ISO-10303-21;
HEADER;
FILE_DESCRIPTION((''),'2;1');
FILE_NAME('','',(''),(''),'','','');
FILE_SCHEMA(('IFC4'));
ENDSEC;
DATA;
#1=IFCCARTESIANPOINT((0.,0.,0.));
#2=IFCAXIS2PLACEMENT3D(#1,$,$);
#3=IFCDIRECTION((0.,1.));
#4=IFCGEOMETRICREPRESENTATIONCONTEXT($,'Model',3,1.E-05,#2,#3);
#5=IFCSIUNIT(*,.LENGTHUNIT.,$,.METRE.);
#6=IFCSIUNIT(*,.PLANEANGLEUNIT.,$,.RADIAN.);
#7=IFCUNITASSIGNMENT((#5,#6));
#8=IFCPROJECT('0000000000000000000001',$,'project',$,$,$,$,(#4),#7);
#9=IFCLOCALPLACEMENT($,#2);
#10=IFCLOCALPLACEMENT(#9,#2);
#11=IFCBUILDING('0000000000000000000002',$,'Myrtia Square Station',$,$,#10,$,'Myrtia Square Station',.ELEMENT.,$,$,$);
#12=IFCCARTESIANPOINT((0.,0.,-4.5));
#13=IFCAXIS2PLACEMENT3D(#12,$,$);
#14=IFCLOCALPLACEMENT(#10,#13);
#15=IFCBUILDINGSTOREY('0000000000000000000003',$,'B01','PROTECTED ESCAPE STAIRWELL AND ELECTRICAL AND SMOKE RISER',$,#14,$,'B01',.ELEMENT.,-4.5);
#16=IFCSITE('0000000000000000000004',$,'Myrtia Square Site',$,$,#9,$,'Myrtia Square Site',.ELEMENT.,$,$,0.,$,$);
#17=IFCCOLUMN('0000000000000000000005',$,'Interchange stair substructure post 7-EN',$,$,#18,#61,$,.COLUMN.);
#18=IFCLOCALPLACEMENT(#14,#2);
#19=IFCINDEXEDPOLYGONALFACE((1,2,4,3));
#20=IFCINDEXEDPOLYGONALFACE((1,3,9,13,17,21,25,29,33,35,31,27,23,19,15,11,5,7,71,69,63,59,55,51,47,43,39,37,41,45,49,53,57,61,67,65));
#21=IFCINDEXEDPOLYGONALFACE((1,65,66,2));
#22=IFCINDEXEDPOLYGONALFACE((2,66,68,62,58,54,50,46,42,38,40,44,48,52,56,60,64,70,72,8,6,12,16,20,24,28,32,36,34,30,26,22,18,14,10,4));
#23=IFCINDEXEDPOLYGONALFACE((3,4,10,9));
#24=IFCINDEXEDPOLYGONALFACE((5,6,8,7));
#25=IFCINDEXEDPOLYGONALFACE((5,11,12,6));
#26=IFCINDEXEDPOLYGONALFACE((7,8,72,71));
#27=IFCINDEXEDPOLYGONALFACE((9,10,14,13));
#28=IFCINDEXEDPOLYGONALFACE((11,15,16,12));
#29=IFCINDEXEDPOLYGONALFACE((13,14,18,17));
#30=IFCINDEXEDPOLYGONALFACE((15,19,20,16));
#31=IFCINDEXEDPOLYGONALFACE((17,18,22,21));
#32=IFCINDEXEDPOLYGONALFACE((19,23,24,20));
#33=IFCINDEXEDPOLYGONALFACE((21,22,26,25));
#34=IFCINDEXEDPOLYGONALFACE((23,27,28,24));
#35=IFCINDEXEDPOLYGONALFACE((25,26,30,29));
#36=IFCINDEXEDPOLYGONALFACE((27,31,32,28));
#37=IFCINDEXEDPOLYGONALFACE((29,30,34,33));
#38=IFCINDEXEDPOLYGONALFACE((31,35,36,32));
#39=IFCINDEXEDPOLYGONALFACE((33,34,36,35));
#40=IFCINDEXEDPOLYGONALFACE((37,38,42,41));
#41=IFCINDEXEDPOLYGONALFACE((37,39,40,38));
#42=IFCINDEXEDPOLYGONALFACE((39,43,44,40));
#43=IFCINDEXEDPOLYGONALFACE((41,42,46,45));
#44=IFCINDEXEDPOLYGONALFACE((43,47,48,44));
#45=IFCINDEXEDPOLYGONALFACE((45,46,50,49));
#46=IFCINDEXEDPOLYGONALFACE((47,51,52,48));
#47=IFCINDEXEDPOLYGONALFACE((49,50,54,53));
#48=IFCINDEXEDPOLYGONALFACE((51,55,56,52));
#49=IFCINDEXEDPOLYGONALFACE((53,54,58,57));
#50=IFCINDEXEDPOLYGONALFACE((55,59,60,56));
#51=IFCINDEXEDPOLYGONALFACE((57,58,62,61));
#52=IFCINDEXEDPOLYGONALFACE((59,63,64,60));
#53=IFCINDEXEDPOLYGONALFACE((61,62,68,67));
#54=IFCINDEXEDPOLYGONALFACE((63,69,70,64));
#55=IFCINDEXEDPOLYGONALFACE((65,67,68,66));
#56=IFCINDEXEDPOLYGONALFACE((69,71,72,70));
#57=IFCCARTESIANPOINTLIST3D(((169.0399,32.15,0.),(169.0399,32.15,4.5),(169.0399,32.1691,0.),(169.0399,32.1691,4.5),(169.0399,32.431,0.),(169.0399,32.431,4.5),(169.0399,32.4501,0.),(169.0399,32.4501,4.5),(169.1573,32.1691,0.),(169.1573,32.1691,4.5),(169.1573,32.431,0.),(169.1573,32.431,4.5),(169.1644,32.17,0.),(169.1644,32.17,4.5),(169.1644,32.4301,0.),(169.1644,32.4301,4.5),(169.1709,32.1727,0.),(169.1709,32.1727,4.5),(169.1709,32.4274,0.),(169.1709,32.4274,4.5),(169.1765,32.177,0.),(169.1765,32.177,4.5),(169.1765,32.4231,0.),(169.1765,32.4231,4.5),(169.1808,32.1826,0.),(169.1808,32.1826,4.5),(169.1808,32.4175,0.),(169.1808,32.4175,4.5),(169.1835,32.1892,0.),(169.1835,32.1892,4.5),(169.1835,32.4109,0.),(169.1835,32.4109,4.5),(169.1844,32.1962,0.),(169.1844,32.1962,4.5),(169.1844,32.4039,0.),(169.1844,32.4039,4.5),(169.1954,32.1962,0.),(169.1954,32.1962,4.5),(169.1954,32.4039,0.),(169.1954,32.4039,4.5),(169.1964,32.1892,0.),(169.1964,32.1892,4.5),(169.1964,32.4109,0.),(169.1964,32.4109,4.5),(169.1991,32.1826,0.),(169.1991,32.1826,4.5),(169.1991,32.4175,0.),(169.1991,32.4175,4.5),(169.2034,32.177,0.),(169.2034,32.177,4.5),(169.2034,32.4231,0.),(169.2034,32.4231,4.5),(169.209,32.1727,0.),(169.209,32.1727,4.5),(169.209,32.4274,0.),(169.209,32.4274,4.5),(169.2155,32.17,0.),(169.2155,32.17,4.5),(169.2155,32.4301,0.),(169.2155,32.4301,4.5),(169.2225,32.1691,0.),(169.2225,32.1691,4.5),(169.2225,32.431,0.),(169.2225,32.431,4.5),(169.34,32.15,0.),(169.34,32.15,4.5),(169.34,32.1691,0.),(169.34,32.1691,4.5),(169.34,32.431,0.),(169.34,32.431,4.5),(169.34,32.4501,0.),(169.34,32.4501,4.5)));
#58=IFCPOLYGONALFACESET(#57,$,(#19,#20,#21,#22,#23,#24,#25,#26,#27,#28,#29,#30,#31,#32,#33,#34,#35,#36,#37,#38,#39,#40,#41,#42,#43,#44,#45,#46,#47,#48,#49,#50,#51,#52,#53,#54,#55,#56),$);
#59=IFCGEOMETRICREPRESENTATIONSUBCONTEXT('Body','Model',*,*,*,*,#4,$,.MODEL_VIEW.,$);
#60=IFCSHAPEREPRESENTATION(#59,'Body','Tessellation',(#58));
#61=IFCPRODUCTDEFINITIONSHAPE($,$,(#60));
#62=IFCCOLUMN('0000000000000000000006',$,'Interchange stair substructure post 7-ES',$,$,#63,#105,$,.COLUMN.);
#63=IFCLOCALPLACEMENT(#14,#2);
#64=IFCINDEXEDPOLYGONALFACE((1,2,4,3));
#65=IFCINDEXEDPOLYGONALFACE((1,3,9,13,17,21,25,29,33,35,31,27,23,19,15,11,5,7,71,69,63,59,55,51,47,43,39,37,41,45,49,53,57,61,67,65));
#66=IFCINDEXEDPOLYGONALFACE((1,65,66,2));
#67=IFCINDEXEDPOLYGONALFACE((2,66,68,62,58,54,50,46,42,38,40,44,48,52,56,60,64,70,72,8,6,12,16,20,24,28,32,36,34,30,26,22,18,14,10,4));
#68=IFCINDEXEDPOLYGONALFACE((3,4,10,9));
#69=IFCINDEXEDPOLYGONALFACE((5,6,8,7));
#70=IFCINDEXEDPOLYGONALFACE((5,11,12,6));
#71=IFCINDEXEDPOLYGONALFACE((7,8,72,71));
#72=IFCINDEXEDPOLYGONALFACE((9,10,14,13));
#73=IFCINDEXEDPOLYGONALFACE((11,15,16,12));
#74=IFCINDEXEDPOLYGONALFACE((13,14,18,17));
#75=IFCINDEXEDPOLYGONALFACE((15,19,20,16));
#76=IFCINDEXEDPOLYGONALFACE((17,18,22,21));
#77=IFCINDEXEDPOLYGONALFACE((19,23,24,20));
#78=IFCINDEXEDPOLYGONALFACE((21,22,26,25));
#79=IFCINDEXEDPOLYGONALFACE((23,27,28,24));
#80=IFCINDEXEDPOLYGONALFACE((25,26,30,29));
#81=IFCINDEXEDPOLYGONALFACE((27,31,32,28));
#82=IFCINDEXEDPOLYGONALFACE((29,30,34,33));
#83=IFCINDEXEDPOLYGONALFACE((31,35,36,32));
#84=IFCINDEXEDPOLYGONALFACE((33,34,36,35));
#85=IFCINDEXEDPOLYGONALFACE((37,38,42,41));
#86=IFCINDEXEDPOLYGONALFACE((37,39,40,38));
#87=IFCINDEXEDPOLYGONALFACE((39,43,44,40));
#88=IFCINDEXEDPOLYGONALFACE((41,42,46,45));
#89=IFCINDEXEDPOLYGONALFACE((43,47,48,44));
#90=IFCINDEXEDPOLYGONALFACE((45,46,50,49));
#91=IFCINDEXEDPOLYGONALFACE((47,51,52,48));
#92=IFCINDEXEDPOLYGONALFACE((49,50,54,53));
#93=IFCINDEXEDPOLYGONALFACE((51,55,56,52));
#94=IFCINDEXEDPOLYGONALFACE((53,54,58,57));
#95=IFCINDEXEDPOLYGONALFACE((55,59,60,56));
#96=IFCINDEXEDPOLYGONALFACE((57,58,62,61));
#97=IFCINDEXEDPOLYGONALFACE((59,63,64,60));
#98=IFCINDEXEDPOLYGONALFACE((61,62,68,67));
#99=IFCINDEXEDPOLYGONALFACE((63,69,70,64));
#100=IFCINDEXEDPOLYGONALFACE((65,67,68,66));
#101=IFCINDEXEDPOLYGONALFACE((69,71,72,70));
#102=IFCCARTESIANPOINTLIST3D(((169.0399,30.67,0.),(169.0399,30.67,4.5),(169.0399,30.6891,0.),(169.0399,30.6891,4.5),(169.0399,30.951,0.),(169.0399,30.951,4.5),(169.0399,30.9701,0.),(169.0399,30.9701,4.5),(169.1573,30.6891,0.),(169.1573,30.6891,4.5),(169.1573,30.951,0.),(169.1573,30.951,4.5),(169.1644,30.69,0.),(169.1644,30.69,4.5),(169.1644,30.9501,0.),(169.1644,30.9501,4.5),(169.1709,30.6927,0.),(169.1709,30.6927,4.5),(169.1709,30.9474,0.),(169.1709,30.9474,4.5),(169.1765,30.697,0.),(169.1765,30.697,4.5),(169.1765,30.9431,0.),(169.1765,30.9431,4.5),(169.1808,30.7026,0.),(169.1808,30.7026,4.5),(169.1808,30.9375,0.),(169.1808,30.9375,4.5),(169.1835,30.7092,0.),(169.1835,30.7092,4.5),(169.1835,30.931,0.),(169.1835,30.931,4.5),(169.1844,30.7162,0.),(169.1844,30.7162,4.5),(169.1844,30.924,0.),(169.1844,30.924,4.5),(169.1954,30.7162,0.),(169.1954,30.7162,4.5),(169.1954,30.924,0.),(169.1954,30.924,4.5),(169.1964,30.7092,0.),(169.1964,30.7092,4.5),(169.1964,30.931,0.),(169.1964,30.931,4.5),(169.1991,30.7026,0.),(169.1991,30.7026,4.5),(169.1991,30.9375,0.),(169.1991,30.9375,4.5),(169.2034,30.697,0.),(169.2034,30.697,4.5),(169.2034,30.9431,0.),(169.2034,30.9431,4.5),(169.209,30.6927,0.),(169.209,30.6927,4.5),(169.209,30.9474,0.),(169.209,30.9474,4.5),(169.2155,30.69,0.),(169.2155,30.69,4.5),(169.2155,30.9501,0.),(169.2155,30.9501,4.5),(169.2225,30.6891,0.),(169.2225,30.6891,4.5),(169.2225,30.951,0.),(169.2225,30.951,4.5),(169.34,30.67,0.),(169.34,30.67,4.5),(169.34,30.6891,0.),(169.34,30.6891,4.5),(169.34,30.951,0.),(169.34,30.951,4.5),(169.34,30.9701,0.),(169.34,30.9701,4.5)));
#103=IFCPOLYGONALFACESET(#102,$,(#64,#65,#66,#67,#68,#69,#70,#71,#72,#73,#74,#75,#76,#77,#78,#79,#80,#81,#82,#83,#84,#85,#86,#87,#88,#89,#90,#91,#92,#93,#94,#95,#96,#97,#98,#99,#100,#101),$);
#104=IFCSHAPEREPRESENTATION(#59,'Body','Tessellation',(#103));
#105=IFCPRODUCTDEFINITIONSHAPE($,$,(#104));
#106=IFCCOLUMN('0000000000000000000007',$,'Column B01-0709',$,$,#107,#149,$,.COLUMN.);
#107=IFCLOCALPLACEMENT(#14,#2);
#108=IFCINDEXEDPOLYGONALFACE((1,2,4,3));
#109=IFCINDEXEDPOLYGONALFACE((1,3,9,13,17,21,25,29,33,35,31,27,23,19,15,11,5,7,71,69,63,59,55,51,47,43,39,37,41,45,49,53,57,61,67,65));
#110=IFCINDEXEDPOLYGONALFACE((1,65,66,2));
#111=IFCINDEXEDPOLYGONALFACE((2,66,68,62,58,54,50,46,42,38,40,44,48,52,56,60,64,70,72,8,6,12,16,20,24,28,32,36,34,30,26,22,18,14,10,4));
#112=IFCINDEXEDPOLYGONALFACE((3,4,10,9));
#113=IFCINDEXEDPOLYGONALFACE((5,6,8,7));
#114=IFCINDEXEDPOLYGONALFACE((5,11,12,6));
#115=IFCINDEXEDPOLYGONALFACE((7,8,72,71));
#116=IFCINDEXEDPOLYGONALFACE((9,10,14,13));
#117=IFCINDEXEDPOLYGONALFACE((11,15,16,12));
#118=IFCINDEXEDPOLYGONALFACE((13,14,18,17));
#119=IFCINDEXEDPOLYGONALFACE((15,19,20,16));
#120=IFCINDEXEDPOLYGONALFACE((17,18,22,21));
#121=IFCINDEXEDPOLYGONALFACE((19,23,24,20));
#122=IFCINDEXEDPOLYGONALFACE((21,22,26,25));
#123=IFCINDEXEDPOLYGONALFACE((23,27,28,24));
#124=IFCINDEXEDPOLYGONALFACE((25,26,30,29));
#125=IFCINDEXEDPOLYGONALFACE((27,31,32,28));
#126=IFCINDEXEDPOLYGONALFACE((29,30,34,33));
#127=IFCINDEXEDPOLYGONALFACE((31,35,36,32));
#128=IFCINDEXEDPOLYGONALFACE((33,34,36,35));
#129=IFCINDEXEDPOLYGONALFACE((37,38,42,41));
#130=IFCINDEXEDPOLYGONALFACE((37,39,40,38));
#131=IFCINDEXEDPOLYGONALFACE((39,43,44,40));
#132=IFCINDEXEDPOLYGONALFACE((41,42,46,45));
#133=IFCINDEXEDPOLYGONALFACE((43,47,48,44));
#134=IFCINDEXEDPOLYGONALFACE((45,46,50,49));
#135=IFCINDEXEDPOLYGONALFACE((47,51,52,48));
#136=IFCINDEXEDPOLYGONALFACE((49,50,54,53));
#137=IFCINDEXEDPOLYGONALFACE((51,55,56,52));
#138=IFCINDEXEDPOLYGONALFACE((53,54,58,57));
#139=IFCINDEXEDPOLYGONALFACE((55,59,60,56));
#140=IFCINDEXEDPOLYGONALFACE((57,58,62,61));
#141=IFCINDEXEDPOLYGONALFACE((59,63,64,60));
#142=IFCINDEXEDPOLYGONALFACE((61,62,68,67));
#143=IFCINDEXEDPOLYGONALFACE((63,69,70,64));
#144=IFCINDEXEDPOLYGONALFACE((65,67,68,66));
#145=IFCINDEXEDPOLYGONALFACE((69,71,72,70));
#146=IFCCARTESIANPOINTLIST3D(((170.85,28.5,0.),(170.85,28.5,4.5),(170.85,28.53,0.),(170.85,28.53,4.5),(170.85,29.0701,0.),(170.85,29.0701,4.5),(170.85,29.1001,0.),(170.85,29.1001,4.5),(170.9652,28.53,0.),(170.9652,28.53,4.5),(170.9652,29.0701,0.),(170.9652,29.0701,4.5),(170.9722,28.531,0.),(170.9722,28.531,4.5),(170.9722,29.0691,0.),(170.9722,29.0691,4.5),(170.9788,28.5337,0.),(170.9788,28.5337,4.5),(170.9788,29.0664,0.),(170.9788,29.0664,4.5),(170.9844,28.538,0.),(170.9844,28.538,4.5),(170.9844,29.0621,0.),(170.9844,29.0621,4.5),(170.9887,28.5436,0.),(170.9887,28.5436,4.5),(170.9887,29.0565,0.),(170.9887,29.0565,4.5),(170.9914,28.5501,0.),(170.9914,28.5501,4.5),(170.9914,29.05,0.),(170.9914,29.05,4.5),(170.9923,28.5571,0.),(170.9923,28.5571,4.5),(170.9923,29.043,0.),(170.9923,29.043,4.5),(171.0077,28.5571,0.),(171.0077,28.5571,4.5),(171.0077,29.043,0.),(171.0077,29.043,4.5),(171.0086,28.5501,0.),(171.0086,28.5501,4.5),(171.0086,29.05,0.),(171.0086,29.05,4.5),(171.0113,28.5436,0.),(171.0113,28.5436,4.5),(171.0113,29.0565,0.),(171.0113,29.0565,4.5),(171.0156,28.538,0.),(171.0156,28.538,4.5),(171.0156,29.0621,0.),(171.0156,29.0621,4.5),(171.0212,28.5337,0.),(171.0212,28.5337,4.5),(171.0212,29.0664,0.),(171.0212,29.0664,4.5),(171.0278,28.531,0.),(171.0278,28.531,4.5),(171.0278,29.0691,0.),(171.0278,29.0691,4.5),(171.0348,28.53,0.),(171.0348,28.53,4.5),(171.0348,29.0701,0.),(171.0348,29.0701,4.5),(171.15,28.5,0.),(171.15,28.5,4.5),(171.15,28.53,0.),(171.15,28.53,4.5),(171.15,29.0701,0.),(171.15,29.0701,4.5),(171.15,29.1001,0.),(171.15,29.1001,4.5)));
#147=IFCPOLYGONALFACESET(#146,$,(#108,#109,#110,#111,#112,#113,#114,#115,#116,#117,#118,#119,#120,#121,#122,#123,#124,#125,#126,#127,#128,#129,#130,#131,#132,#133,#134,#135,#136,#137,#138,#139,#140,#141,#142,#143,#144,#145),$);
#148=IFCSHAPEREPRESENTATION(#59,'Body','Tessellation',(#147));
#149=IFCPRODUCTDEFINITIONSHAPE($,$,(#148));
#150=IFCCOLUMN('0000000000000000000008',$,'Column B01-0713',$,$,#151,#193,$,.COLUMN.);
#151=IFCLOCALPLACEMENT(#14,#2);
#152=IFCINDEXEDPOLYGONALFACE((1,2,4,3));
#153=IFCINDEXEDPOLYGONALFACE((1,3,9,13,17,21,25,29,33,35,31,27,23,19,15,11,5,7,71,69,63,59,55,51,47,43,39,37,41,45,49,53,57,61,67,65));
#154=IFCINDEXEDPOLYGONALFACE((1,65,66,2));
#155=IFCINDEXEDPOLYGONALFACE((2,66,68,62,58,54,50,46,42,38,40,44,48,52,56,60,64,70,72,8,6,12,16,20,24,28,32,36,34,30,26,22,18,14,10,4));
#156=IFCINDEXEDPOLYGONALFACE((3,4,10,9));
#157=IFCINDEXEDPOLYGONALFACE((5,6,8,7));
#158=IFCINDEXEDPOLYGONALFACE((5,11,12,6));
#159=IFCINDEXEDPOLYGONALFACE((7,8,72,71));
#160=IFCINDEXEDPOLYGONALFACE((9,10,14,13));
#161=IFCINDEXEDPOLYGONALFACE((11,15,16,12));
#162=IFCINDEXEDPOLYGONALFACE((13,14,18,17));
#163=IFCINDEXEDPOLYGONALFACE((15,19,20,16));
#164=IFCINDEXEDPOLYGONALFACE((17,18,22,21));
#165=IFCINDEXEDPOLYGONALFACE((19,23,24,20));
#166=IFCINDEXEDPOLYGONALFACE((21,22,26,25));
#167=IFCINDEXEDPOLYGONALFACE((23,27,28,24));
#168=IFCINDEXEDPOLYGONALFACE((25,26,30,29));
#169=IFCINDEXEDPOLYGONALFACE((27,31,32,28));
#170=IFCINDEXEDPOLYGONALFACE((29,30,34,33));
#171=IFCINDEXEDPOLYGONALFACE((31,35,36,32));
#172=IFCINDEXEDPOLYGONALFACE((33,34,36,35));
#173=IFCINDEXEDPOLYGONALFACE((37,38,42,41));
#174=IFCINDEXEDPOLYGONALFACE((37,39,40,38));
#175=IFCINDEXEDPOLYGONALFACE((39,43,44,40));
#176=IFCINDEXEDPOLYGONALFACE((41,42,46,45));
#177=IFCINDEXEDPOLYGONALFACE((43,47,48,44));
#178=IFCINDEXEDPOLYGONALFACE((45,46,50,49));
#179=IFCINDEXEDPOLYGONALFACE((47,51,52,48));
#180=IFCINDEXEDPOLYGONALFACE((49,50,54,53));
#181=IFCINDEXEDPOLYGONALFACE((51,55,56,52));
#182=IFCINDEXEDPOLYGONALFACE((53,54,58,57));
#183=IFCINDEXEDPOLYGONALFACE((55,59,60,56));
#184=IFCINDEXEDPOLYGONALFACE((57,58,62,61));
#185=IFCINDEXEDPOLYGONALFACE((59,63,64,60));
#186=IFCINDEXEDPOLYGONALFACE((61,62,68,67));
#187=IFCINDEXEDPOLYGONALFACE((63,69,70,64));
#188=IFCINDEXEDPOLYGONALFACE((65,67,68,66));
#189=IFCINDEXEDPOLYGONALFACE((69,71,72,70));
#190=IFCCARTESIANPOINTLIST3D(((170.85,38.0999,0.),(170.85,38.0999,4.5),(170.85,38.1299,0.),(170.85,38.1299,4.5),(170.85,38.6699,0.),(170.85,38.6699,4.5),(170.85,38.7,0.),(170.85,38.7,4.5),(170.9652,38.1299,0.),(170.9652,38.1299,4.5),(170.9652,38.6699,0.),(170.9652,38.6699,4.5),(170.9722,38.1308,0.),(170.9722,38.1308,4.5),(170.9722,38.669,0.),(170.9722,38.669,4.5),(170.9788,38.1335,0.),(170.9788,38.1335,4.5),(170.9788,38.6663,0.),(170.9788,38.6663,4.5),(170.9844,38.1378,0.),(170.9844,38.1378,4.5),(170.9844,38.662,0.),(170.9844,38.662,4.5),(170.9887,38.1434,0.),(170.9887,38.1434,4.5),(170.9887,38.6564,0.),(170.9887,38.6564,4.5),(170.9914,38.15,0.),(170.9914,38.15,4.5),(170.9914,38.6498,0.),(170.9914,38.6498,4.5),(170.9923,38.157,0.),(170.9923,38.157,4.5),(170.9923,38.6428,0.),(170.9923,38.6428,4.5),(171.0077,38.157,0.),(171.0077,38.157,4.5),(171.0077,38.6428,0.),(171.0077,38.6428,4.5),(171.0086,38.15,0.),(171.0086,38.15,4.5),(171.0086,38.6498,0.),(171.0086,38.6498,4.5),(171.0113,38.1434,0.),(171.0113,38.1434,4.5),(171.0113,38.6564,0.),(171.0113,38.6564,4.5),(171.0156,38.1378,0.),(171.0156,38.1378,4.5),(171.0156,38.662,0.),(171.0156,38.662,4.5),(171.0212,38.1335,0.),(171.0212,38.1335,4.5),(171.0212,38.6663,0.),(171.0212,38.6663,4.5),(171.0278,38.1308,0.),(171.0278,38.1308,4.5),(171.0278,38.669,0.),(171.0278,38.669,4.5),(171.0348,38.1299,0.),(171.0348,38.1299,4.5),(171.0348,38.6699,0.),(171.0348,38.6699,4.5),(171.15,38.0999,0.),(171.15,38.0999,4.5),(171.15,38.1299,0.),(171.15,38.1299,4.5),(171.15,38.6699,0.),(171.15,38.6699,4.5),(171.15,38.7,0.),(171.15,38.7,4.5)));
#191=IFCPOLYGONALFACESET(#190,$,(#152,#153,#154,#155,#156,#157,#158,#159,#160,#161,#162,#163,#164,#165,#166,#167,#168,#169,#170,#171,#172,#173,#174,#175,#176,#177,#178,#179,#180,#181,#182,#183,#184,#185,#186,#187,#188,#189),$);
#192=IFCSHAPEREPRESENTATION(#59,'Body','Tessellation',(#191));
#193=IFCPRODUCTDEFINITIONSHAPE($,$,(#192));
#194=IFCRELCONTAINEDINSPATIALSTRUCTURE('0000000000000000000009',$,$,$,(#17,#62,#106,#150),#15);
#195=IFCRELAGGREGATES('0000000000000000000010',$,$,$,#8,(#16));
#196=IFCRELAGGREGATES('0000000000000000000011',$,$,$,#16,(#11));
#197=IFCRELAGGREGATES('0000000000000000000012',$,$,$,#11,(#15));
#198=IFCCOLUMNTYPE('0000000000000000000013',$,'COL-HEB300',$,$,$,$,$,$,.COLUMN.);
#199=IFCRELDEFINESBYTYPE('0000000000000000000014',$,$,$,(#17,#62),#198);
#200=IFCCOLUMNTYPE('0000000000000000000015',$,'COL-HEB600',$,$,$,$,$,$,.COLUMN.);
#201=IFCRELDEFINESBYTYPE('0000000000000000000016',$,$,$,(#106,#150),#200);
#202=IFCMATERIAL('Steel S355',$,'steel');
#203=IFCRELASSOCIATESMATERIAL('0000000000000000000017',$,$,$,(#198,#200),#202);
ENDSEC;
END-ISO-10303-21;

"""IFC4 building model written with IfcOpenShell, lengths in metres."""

from ifc_helpers import new_model, si_unit, direction, frame, origin, origin_2d, place, context, subcontext, project, spatial, i_section, extrude, material, material_profile, profile_set, type_object, element, save


model = new_model("IFC4")

# Units and contexts
model_context = context("Model", 3, precision=1e-05, world=origin(), true_north=direction((0.0, 1.0)))
body_context = subcontext(model_context, "Body", "Model", "MODEL_VIEW")
ifc_project = project(units=[si_unit("LENGTHUNIT", "METRE"), si_unit("PLANEANGLEUNIT", "RADIAN")], contexts=[model_context])

# Site, building, storey
site_placement = place(None, origin())
site = spatial("IfcSite", under=ifc_project, at=site_placement, Name="Myrtia Square Site", LongName="Myrtia Square Site", CompositionType="ELEMENT", RefElevation=0.0)
building_placement = place(site_placement, origin())
building = spatial("IfcBuilding", under=site, at=building_placement, Name="Myrtia Square Station", LongName="Myrtia Square Station", CompositionType="ELEMENT")
storey_placement = place(building_placement, frame((0.0, 0.0, -4.5)))
storey = spatial("IfcBuildingStorey", under=building, at=storey_placement, Name="B01", Description="PROTECTED ESCAPE STAIRWELL AND ELECTRICAL AND SMOKE RISER", LongName="B01", CompositionType="ELEMENT", Elevation=-4.5)

# Columns
ifc_material_1 = material(Name="Steel S355", Category="steel")
ifc_material_profile_1 = material_profile(ifc_material_1, i_section(OverallWidth=0.3, OverallDepth=0.3, WebThickness=0.011, FlangeThickness=0.019, FilletRadius=0.0271, at=origin_2d()), Name="HEB 300")
ifc_profile_set_1 = profile_set([ifc_material_profile_1], Name="Steel S355")
column_type_1 = type_object("IfcColumnType", Name="COL-HEB300", PredefinedType="COLUMN", material=ifc_profile_set_1)
for number, where, z_axis, x_axis, name in (
    (1, (169.1899, 32.3, 0.0), (0.0, 0.0, 1.0), (1.0, 0.0, 0.0), "Interchange stair substructure post 7-EN"),
    (2, (169.1899, 30.8201, 0.0), (0.0, 0.0, 1.0), (1.0, 0.0, 0.0), "Interchange stair substructure post 7-ES"),
):
    element("IfcColumn", number, at=place(storey_placement, frame(where, z_axis=z_axis, x_axis=x_axis)), inside=storey, type_object=column_type_1, Name=name, PredefinedType="COLUMN", context=body_context, shape_type="SweptSolid", body=[
        extrude(i_section(OverallWidth=0.3, OverallDepth=0.3, WebThickness=0.011, FlangeThickness=0.019, FilletRadius=0.0271, at=origin_2d()), origin(), (0.0, 0.0, 1.0), 4.5),
    ])
ifc_material_profile_2 = material_profile(ifc_material_1, i_section(OverallWidth=0.3, OverallDepth=0.6001, WebThickness=0.0154, FlangeThickness=0.03, FilletRadius=0.0271, at=origin_2d()), Name="HEB 600")
ifc_profile_set_2 = profile_set([ifc_material_profile_2], Name="Steel S355")
column_type_2 = type_object("IfcColumnType", Name="COL-HEB600", PredefinedType="COLUMN", material=ifc_profile_set_2)
for number, where, z_axis, x_axis, name in (
    (3, (171.0, 28.8, 0.0), (0.0, 0.0, 1.0), (1.0, 0.0, 0.0), "Column B01-0709"),
    (4, (171.0, 38.3999, 0.0), (0.0, 0.0, 1.0), (1.0, 0.0, 0.0), "Column B01-0713"),
):
    element("IfcColumn", number, at=place(storey_placement, frame(where, z_axis=z_axis, x_axis=x_axis)), inside=storey, type_object=column_type_2, Name=name, PredefinedType="COLUMN", context=body_context, shape_type="SweptSolid", body=[
        extrude(i_section(OverallWidth=0.3, OverallDepth=0.6001, WebThickness=0.0154, FlangeThickness=0.03, FilletRadius=0.0271, at=origin_2d()), origin(), (0.0, 0.0, 1.0), 4.5),
    ])

save(model, "model.ifc")
